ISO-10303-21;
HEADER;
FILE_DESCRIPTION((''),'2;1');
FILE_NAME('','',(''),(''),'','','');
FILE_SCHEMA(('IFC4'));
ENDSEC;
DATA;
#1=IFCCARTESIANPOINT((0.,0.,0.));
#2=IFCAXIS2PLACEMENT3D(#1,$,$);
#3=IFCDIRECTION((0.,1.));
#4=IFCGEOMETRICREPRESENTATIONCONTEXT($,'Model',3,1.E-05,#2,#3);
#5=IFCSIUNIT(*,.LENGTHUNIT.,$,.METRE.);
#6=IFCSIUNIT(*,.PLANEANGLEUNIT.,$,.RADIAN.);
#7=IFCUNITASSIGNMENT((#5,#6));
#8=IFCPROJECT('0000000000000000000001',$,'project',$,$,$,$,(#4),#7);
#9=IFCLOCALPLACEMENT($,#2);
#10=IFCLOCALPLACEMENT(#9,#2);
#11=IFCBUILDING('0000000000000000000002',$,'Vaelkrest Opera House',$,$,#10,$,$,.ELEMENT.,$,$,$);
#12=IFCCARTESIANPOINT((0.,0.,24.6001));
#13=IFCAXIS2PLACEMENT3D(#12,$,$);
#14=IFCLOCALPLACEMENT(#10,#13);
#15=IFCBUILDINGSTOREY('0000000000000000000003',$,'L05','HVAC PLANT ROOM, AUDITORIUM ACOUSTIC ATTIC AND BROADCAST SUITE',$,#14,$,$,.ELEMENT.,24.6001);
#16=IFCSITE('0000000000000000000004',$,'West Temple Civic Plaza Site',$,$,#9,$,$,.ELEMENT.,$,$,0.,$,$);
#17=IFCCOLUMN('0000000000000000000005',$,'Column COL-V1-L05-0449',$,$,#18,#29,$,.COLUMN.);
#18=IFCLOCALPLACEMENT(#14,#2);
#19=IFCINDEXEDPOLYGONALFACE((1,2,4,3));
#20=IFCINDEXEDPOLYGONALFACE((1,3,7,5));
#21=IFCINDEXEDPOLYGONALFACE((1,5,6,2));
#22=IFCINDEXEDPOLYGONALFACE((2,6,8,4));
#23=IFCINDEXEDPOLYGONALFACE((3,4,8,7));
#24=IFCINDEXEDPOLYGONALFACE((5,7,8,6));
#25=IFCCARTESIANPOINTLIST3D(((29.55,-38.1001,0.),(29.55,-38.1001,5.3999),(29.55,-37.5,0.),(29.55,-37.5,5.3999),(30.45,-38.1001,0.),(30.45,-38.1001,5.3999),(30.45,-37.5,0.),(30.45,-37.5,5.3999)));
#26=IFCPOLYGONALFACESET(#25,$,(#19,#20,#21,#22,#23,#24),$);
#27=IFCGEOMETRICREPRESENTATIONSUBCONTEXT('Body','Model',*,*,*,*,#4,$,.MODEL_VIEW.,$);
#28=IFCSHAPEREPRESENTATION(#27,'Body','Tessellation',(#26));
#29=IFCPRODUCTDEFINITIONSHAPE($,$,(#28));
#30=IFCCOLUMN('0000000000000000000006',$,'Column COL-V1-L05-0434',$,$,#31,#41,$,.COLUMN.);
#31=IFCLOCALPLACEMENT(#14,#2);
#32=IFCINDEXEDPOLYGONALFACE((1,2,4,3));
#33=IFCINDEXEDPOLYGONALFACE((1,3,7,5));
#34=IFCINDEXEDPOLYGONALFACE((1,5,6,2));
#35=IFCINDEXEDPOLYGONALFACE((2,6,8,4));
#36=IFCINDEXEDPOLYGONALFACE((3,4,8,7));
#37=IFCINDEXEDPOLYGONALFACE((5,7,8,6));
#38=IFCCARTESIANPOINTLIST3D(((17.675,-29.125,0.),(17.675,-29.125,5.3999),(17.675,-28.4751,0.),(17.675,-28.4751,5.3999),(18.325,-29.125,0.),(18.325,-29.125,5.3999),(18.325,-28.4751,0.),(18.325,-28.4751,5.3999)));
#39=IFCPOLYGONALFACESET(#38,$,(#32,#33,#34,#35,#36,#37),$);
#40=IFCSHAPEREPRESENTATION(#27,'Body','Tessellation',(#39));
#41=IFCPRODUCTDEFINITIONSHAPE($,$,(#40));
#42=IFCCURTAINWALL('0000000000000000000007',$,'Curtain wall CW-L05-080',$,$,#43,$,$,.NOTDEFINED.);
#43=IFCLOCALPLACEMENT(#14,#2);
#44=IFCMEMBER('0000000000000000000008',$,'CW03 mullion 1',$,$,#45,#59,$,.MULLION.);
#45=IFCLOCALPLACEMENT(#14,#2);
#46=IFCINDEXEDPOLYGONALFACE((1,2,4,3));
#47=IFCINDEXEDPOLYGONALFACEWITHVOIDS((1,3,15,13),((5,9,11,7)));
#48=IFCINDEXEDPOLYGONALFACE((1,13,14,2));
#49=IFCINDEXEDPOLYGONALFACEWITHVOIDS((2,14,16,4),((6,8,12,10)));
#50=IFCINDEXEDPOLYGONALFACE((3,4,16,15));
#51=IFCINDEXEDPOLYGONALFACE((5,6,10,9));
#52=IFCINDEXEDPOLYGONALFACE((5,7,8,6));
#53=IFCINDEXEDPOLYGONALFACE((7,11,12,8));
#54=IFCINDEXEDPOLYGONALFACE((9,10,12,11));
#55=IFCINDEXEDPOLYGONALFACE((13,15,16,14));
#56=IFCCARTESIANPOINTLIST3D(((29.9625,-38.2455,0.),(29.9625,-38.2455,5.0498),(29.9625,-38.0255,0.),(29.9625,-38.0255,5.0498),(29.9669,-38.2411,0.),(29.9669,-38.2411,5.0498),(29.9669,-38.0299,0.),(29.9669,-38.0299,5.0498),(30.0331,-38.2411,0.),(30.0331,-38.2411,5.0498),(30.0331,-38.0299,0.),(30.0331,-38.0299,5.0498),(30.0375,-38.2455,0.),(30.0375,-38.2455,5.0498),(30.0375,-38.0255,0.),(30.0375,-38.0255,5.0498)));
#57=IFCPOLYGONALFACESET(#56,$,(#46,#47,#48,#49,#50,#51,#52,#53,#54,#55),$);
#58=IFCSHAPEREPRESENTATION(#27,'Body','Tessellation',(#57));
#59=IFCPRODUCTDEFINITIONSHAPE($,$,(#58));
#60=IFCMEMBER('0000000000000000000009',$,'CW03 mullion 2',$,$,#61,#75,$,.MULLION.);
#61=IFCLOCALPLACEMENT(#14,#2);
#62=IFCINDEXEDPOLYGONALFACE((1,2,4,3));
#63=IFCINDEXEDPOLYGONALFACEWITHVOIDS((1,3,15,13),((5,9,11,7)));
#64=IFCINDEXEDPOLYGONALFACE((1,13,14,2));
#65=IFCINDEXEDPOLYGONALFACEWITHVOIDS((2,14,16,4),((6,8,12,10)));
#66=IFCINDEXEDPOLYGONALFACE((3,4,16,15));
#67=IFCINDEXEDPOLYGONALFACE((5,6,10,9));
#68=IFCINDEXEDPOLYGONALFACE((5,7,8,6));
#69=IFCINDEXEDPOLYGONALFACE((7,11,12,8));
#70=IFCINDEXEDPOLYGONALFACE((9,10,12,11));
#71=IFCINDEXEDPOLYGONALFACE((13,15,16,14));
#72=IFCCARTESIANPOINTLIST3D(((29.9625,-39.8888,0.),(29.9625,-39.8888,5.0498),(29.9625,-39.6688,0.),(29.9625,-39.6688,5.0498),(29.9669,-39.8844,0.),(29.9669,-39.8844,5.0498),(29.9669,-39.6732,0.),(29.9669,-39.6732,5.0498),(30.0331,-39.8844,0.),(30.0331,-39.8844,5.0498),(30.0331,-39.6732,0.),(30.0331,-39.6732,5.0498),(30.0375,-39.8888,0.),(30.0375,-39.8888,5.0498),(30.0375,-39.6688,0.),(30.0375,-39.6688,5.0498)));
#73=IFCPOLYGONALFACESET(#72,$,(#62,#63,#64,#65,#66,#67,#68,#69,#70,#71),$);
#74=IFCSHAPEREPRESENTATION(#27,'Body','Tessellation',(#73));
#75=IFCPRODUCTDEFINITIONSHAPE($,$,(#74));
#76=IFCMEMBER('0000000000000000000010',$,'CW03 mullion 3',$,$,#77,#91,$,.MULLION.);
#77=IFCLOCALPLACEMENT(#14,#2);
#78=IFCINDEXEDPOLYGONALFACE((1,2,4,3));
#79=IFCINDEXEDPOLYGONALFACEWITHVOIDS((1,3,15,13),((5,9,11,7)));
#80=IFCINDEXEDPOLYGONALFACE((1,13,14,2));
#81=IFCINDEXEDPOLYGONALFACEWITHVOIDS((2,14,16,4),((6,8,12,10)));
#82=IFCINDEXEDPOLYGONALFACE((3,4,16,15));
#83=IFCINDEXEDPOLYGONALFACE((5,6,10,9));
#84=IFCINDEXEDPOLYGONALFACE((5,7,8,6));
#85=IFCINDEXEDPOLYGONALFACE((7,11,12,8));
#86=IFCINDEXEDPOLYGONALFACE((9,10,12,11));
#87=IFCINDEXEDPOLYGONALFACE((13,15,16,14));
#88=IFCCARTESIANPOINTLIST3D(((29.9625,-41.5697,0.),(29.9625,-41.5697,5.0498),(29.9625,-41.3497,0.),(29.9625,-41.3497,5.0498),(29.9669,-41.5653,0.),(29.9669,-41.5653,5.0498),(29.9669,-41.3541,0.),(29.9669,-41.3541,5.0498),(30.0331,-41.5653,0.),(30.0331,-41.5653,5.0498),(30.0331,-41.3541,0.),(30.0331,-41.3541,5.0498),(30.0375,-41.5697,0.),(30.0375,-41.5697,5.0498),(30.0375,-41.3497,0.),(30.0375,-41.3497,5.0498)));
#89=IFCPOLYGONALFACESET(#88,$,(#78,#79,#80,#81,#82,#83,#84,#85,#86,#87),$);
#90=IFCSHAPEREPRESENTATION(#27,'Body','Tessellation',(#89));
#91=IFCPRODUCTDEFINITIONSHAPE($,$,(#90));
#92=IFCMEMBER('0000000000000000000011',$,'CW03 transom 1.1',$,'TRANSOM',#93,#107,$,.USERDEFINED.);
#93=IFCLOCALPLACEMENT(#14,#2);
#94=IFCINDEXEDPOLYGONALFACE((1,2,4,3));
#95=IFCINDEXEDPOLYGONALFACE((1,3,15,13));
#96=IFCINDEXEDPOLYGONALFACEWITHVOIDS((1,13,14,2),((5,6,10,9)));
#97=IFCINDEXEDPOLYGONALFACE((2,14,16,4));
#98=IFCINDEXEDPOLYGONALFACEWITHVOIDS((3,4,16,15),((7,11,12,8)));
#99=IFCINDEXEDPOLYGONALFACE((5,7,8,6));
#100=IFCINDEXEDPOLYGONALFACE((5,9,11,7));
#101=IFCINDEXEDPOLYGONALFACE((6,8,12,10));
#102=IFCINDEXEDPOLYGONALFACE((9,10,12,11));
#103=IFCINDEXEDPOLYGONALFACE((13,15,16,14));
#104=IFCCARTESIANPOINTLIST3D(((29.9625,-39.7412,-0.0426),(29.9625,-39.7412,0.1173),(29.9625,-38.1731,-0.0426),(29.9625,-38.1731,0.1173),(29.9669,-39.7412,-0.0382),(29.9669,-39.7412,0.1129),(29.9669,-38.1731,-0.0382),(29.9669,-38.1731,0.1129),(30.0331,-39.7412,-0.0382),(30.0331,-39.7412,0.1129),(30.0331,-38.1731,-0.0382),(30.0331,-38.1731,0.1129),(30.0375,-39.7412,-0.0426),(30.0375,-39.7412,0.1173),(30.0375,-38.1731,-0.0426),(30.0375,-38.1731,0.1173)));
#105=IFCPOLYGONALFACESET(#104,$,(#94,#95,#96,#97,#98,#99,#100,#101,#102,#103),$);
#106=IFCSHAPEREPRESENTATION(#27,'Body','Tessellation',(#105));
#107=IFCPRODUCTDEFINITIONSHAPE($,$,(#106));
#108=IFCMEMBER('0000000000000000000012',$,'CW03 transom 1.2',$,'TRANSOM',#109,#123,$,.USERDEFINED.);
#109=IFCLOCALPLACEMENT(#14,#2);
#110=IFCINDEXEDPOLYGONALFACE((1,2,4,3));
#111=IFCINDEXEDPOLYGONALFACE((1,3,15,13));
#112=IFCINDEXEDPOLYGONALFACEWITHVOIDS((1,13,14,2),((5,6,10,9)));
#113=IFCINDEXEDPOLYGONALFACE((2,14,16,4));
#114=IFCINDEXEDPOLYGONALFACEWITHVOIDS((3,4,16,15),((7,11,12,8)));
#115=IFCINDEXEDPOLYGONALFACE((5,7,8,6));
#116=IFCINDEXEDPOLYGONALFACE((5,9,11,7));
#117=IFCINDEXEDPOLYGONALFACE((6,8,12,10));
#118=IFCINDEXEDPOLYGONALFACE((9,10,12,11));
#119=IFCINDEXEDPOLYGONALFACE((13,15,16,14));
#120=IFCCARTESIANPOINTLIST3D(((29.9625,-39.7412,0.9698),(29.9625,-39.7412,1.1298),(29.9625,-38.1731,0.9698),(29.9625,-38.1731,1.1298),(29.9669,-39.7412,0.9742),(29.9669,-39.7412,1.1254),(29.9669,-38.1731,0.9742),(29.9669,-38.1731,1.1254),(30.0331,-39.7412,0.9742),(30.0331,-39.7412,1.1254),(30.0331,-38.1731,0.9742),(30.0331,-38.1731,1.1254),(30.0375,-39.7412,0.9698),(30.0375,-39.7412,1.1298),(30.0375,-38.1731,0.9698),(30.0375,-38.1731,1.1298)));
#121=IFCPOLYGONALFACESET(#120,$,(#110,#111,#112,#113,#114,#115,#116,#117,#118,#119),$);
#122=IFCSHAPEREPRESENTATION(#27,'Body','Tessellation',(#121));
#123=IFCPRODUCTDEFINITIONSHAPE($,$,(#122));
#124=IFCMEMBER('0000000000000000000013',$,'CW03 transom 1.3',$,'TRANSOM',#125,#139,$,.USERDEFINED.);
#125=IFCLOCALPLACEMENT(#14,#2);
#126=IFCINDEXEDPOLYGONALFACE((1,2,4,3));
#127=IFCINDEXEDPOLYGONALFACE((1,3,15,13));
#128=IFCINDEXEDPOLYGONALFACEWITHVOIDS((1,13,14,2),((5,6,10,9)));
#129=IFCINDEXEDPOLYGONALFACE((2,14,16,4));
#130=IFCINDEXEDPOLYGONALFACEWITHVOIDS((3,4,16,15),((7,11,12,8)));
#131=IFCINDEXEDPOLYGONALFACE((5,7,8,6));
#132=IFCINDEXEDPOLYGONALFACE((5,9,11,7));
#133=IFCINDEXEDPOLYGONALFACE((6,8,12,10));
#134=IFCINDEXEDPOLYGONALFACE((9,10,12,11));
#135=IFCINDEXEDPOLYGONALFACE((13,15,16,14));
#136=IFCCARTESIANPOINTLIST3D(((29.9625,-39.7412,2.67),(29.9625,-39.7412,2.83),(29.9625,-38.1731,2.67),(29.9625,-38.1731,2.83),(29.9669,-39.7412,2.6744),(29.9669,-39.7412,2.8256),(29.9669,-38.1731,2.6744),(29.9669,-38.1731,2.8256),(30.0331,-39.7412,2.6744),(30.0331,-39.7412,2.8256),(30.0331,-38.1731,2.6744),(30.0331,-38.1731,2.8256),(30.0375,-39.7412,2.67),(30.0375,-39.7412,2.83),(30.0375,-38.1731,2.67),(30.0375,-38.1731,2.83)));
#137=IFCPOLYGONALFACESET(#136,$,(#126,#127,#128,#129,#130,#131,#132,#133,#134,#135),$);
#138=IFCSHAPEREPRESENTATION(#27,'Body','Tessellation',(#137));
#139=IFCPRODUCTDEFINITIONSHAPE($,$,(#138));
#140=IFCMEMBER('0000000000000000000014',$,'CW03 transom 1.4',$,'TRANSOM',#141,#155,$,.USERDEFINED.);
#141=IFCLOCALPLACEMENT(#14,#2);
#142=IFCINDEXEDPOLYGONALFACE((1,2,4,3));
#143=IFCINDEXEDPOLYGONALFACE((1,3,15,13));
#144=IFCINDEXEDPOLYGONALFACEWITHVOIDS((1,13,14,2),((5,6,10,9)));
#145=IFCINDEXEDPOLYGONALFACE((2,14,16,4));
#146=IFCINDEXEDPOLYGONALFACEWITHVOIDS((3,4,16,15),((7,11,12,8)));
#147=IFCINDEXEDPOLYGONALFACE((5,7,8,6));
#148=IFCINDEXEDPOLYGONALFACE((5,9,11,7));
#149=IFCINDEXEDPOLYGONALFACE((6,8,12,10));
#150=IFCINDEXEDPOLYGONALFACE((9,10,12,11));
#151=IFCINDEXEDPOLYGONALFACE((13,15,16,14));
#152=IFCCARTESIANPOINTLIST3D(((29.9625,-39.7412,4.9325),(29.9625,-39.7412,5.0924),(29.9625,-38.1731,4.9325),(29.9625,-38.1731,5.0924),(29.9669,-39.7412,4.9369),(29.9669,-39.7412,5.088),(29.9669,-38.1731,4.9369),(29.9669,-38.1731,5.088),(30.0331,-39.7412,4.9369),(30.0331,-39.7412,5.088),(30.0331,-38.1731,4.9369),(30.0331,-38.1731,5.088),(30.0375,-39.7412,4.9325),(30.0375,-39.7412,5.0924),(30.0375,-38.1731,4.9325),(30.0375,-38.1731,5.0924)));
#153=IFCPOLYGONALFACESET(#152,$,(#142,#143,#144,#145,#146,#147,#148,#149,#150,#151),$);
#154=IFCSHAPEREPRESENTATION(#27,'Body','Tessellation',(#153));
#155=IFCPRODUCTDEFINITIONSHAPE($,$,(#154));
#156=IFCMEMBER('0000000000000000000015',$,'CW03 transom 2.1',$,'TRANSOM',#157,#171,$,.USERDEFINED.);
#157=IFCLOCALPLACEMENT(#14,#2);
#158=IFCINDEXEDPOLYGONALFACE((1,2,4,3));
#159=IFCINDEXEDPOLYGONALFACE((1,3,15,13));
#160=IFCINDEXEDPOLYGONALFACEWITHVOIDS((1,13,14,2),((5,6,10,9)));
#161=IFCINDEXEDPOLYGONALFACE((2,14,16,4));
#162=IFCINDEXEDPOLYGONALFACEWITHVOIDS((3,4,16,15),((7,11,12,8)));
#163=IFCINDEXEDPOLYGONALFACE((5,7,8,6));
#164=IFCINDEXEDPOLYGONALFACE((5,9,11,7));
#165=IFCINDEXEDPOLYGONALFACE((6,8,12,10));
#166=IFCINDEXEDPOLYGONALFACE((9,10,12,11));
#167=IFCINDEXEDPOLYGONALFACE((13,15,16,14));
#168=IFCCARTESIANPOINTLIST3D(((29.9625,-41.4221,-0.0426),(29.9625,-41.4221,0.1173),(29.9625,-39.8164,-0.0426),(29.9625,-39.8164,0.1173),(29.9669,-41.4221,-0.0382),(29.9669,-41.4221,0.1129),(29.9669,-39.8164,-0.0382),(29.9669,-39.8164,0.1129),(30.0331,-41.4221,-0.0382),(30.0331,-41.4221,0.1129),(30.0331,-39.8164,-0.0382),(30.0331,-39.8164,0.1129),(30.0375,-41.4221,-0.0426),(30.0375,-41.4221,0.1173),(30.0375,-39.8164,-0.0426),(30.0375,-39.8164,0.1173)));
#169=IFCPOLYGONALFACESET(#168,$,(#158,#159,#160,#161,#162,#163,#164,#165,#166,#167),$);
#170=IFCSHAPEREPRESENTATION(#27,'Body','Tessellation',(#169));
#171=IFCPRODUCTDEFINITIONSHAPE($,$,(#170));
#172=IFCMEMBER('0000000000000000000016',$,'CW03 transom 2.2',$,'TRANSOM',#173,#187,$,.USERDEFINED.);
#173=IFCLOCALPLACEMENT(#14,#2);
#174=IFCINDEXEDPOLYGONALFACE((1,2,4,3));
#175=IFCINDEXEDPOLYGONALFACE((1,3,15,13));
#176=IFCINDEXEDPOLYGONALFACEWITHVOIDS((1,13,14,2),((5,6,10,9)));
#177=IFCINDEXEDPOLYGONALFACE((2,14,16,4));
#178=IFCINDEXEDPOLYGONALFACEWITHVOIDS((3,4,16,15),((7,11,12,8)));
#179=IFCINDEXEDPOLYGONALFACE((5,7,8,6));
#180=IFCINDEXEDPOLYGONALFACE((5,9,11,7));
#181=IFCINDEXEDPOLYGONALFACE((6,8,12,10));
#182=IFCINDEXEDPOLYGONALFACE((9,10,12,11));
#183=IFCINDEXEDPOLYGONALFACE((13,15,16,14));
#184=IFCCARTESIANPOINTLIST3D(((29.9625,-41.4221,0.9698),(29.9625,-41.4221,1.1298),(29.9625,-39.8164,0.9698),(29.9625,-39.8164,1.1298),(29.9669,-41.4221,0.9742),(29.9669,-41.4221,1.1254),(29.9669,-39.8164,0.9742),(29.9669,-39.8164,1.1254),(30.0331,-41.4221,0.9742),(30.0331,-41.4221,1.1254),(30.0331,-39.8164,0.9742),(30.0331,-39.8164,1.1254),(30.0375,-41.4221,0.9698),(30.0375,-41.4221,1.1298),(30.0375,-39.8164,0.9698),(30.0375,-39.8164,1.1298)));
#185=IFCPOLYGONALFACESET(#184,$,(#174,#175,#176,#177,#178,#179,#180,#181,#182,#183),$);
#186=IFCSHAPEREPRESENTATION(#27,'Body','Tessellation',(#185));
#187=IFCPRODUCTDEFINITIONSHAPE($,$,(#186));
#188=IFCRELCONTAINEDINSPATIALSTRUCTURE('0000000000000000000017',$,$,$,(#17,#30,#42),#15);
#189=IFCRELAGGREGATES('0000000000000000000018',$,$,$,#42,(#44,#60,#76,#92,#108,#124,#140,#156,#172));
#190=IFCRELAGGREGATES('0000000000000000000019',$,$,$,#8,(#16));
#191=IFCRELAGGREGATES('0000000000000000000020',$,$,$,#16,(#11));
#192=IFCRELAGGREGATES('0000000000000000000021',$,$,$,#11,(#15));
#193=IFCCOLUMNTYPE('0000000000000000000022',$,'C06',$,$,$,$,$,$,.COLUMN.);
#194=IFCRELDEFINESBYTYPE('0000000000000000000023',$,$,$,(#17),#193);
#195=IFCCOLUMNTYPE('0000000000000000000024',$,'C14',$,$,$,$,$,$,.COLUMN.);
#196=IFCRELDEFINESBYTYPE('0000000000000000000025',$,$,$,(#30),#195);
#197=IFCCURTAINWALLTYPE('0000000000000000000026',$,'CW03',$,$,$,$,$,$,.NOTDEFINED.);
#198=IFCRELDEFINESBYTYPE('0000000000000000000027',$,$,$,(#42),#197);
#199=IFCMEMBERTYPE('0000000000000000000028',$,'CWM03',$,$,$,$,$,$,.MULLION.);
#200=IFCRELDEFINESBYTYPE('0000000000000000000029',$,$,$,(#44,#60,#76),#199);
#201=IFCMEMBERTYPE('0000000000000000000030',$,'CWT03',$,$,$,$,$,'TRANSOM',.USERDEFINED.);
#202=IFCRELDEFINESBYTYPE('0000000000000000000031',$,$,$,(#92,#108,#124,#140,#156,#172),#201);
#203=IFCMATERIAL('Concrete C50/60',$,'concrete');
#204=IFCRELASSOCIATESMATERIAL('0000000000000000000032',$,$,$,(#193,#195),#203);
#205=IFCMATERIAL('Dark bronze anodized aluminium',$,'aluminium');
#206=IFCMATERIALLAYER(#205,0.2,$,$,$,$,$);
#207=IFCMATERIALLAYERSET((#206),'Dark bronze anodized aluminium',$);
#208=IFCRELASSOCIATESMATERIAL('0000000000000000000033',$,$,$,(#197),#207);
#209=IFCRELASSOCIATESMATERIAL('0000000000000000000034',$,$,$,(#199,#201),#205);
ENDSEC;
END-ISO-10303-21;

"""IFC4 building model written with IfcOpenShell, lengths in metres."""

from ifc_helpers import new_model, si_unit, direction, frame, origin, origin_2d, place, context, subcontext, project, spatial, rectangle, hollow_rectangle, extrude, material, layer, layer_set, material_profile, profile_set, type_object, element, aggregate, save


model = new_model("IFC4")

# Units and contexts
model_context = context("Model", 3, precision=1e-05, world=origin(), true_north=direction((0.0, 1.0)))
body_context = subcontext(model_context, "Body", "Model", "MODEL_VIEW")
ifc_project = project(units=[si_unit("LENGTHUNIT", "METRE"), si_unit("PLANEANGLEUNIT", "RADIAN")], contexts=[model_context])

# Site, building, storey
site_placement = place(None, origin())
site = spatial("IfcSite", under=ifc_project, at=site_placement, Name="West Temple Civic Plaza Site", CompositionType="ELEMENT", RefElevation=0.0)
building_placement = place(site_placement, origin())
building = spatial("IfcBuilding", under=site, at=building_placement, Name="Vaelkrest Opera House", CompositionType="ELEMENT")
storey_placement = place(building_placement, frame((0.0, 0.0, 24.6001)))
storey = spatial("IfcBuildingStorey", under=building, at=storey_placement, Name="L05", Description="HVAC PLANT ROOM, AUDITORIUM ACOUSTIC ATTIC AND BROADCAST SUITE", CompositionType="ELEMENT", Elevation=24.6001)

# Columns
ifc_material_1 = material(Name="Concrete C50/60", Category="concrete")
ifc_material_profile_1 = material_profile(ifc_material_1, rectangle(XDim=0.6001, YDim=0.8999, at=origin_2d()), Name="RC600X900")
ifc_profile_set_1 = profile_set([ifc_material_profile_1], Name="Concrete C50/60")
column_type_1 = type_object("IfcColumnType", Name="C06", PredefinedType="COLUMN", material=ifc_profile_set_1)
column_1_placement = place(storey_placement, frame((30.0, -37.8, 0.0), z_axis=(0.0, 0.0, 1.0), x_axis=(0.0, 1.0, 0.0)))
element("IfcColumn", 1, at=column_1_placement, inside=storey, type_object=column_type_1, Name="Column COL-V1-L05-0449", PredefinedType="COLUMN", context=body_context, shape_type="SweptSolid", body=[
    extrude(rectangle(XDim=0.6001, YDim=0.8999, at=origin_2d()), origin(), (0.0, 0.0, 1.0), 5.3999),
])
ifc_material_profile_2 = material_profile(ifc_material_1, rectangle(XDim=0.6499, YDim=0.6499, at=origin_2d()), Name="RC650X650")
ifc_profile_set_2 = profile_set([ifc_material_profile_2], Name="Concrete C50/60")
column_type_2 = type_object("IfcColumnType", Name="C14", PredefinedType="COLUMN", material=ifc_profile_set_2)
column_2_placement = place(storey_placement, frame((18.0, -28.8, 0.0), z_axis=(0.0, 0.0, 1.0), x_axis=(1.0, 0.0, 0.0)))
element("IfcColumn", 2, at=column_2_placement, inside=storey, type_object=column_type_2, Name="Column COL-V1-L05-0434", PredefinedType="COLUMN", context=body_context, shape_type="SweptSolid", body=[
    extrude(rectangle(XDim=0.6499, YDim=0.6499, at=origin_2d()), origin(), (0.0, 0.0, 1.0), 5.3999),
])

# Curtain wall, members
ifc_material_2 = material(Name="Dark bronze anodized aluminium", Category="aluminium")
ifc_layer_1 = layer(ifc_material_2, 0.2)
ifc_layer_set_1 = layer_set([ifc_layer_1], Name="Dark bronze anodized aluminium")
curtain_wall_type = type_object("IfcCurtainWallType", Name="CW03", PredefinedType="NOTDEFINED", material=ifc_layer_set_1)
curtain_wall_placement = place(storey_placement, origin())
curtain_wall = element("IfcCurtainWall", 3, at=curtain_wall_placement, inside=storey, type_object=curtain_wall_type, Name="Curtain wall CW-L05-080", PredefinedType="NOTDEFINED")
ifc_material_profile_3 = material_profile(ifc_material_2, hollow_rectangle(XDim=0.075, YDim=0.22, WallThickness=0.0044, at=origin_2d()), Name="CWM75X220")
ifc_profile_set_3 = profile_set([ifc_material_profile_3], Name="Dark bronze anodized aluminium")
member_type_1 = type_object("IfcMemberType", Name="CWM03", PredefinedType="MULLION", material=ifc_profile_set_3)
member_1_placement = place(storey_placement, frame((30.0, -38.1355, 0.0), z_axis=(0.0, 0.0, 1.0), x_axis=(1.0, 0.0, 0.0)))
member_1 = element("IfcMember", 4, at=member_1_placement, type_object=member_type_1, Name="CW03 mullion 1", PredefinedType="MULLION", context=body_context, shape_type="SweptSolid", body=[
    extrude(hollow_rectangle(XDim=0.075, YDim=0.22, WallThickness=0.0044, at=origin_2d()), origin(), (0.0, 0.0, 1.0), 5.0498),
])
member_2_placement = place(storey_placement, frame((30.0, -39.7788, 0.0), z_axis=(0.0, 0.0, 1.0), x_axis=(1.0, 0.0, 0.0)))
member_2 = element("IfcMember", 5, at=member_2_placement, type_object=member_type_1, Name="CW03 mullion 2", PredefinedType="MULLION", context=body_context, shape_type="SweptSolid", body=[
    extrude(hollow_rectangle(XDim=0.075, YDim=0.22, WallThickness=0.0044, at=origin_2d()), origin(), (0.0, 0.0, 1.0), 5.0498),
])
member_3_placement = place(storey_placement, frame((30.0, -41.4597, 0.0), z_axis=(0.0, 0.0, 1.0), x_axis=(1.0, 0.0, 0.0)))
member_3 = element("IfcMember", 6, at=member_3_placement, type_object=member_type_1, Name="CW03 mullion 3", PredefinedType="MULLION", context=body_context, shape_type="SweptSolid", body=[
    extrude(hollow_rectangle(XDim=0.075, YDim=0.22, WallThickness=0.0044, at=origin_2d()), origin(), (0.0, 0.0, 1.0), 5.0498),
])
ifc_material_profile_4 = material_profile(ifc_material_2, hollow_rectangle(XDim=0.075, YDim=0.1599, WallThickness=0.0044, at=origin_2d()), Name="CWT75X160")
ifc_profile_set_4 = profile_set([ifc_material_profile_4], Name="Dark bronze anodized aluminium")
member_type_2 = type_object("IfcMemberType", Name="CWT03", ElementType="TRANSOM", PredefinedType="USERDEFINED", material=ifc_profile_set_4)
member_4_placement = place(storey_placement, frame((30.0, -38.1731, 0.0374), z_axis=(0.0, -1.0, 0.0), x_axis=(1.0, 0.0, 0.0)))
member_4 = element("IfcMember", 7, at=member_4_placement, type_object=member_type_2, Name="CW03 transom 1.1", ObjectType="TRANSOM", PredefinedType="USERDEFINED", context=body_context, shape_type="SweptSolid", body=[
    extrude(hollow_rectangle(XDim=0.075, YDim=0.1599, WallThickness=0.0044, at=origin_2d()), origin(), (0.0, 0.0, 1.0), 1.5681),
])
member_5_placement = place(storey_placement, frame((30.0, -38.1731, 1.0498), z_axis=(0.0, -1.0, 0.0), x_axis=(1.0, 0.0, 0.0)))
member_5 = element("IfcMember", 8, at=member_5_placement, type_object=member_type_2, Name="CW03 transom 1.2", ObjectType="TRANSOM", PredefinedType="USERDEFINED", context=body_context, shape_type="SweptSolid", body=[
    extrude(hollow_rectangle(XDim=0.075, YDim=0.1599, WallThickness=0.0044, at=origin_2d()), origin(), (0.0, 0.0, 1.0), 1.5681),
])
member_6_placement = place(storey_placement, frame((30.0, -38.1731, 2.75), z_axis=(0.0, -1.0, 0.0), x_axis=(1.0, 0.0, 0.0)))
member_6 = element("IfcMember", 9, at=member_6_placement, type_object=member_type_2, Name="CW03 transom 1.3", ObjectType="TRANSOM", PredefinedType="USERDEFINED", context=body_context, shape_type="SweptSolid", body=[
    extrude(hollow_rectangle(XDim=0.075, YDim=0.1599, WallThickness=0.0044, at=origin_2d()), origin(), (0.0, 0.0, 1.0), 1.5681),
])
member_7_placement = place(storey_placement, frame((30.0, -38.1731, 5.0125), z_axis=(0.0, -1.0, 0.0), x_axis=(1.0, 0.0, 0.0)))
member_7 = element("IfcMember", 10, at=member_7_placement, type_object=member_type_2, Name="CW03 transom 1.4", ObjectType="TRANSOM", PredefinedType="USERDEFINED", context=body_context, shape_type="SweptSolid", body=[
    extrude(hollow_rectangle(XDim=0.075, YDim=0.1599, WallThickness=0.0044, at=origin_2d()), origin(), (0.0, 0.0, 1.0), 1.5681),
])
member_8_placement = place(storey_placement, frame((30.0, -39.8164, 0.0374), z_axis=(0.0, -1.0, 0.0), x_axis=(1.0, 0.0, 0.0)))
member_8 = element("IfcMember", 11, at=member_8_placement, type_object=member_type_2, Name="CW03 transom 2.1", ObjectType="TRANSOM", PredefinedType="USERDEFINED", context=body_context, shape_type="SweptSolid", body=[
    extrude(hollow_rectangle(XDim=0.075, YDim=0.1599, WallThickness=0.0044, at=origin_2d()), origin(), (0.0, 0.0, 1.0), 1.6057),
])
member_9_placement = place(storey_placement, frame((30.0, -39.8164, 1.0498), z_axis=(0.0, -1.0, 0.0), x_axis=(1.0, 0.0, 0.0)))
member_9 = element("IfcMember", 12, at=member_9_placement, type_object=member_type_2, Name="CW03 transom 2.2", ObjectType="TRANSOM", PredefinedType="USERDEFINED", context=body_context, shape_type="SweptSolid", body=[
    extrude(hollow_rectangle(XDim=0.075, YDim=0.1599, WallThickness=0.0044, at=origin_2d()), origin(), (0.0, 0.0, 1.0), 1.6057),
])
aggregate(curtain_wall, [member_1, member_2, member_3, member_4, member_5, member_6, member_7, member_8, member_9])

save(model, "model.ifc")
